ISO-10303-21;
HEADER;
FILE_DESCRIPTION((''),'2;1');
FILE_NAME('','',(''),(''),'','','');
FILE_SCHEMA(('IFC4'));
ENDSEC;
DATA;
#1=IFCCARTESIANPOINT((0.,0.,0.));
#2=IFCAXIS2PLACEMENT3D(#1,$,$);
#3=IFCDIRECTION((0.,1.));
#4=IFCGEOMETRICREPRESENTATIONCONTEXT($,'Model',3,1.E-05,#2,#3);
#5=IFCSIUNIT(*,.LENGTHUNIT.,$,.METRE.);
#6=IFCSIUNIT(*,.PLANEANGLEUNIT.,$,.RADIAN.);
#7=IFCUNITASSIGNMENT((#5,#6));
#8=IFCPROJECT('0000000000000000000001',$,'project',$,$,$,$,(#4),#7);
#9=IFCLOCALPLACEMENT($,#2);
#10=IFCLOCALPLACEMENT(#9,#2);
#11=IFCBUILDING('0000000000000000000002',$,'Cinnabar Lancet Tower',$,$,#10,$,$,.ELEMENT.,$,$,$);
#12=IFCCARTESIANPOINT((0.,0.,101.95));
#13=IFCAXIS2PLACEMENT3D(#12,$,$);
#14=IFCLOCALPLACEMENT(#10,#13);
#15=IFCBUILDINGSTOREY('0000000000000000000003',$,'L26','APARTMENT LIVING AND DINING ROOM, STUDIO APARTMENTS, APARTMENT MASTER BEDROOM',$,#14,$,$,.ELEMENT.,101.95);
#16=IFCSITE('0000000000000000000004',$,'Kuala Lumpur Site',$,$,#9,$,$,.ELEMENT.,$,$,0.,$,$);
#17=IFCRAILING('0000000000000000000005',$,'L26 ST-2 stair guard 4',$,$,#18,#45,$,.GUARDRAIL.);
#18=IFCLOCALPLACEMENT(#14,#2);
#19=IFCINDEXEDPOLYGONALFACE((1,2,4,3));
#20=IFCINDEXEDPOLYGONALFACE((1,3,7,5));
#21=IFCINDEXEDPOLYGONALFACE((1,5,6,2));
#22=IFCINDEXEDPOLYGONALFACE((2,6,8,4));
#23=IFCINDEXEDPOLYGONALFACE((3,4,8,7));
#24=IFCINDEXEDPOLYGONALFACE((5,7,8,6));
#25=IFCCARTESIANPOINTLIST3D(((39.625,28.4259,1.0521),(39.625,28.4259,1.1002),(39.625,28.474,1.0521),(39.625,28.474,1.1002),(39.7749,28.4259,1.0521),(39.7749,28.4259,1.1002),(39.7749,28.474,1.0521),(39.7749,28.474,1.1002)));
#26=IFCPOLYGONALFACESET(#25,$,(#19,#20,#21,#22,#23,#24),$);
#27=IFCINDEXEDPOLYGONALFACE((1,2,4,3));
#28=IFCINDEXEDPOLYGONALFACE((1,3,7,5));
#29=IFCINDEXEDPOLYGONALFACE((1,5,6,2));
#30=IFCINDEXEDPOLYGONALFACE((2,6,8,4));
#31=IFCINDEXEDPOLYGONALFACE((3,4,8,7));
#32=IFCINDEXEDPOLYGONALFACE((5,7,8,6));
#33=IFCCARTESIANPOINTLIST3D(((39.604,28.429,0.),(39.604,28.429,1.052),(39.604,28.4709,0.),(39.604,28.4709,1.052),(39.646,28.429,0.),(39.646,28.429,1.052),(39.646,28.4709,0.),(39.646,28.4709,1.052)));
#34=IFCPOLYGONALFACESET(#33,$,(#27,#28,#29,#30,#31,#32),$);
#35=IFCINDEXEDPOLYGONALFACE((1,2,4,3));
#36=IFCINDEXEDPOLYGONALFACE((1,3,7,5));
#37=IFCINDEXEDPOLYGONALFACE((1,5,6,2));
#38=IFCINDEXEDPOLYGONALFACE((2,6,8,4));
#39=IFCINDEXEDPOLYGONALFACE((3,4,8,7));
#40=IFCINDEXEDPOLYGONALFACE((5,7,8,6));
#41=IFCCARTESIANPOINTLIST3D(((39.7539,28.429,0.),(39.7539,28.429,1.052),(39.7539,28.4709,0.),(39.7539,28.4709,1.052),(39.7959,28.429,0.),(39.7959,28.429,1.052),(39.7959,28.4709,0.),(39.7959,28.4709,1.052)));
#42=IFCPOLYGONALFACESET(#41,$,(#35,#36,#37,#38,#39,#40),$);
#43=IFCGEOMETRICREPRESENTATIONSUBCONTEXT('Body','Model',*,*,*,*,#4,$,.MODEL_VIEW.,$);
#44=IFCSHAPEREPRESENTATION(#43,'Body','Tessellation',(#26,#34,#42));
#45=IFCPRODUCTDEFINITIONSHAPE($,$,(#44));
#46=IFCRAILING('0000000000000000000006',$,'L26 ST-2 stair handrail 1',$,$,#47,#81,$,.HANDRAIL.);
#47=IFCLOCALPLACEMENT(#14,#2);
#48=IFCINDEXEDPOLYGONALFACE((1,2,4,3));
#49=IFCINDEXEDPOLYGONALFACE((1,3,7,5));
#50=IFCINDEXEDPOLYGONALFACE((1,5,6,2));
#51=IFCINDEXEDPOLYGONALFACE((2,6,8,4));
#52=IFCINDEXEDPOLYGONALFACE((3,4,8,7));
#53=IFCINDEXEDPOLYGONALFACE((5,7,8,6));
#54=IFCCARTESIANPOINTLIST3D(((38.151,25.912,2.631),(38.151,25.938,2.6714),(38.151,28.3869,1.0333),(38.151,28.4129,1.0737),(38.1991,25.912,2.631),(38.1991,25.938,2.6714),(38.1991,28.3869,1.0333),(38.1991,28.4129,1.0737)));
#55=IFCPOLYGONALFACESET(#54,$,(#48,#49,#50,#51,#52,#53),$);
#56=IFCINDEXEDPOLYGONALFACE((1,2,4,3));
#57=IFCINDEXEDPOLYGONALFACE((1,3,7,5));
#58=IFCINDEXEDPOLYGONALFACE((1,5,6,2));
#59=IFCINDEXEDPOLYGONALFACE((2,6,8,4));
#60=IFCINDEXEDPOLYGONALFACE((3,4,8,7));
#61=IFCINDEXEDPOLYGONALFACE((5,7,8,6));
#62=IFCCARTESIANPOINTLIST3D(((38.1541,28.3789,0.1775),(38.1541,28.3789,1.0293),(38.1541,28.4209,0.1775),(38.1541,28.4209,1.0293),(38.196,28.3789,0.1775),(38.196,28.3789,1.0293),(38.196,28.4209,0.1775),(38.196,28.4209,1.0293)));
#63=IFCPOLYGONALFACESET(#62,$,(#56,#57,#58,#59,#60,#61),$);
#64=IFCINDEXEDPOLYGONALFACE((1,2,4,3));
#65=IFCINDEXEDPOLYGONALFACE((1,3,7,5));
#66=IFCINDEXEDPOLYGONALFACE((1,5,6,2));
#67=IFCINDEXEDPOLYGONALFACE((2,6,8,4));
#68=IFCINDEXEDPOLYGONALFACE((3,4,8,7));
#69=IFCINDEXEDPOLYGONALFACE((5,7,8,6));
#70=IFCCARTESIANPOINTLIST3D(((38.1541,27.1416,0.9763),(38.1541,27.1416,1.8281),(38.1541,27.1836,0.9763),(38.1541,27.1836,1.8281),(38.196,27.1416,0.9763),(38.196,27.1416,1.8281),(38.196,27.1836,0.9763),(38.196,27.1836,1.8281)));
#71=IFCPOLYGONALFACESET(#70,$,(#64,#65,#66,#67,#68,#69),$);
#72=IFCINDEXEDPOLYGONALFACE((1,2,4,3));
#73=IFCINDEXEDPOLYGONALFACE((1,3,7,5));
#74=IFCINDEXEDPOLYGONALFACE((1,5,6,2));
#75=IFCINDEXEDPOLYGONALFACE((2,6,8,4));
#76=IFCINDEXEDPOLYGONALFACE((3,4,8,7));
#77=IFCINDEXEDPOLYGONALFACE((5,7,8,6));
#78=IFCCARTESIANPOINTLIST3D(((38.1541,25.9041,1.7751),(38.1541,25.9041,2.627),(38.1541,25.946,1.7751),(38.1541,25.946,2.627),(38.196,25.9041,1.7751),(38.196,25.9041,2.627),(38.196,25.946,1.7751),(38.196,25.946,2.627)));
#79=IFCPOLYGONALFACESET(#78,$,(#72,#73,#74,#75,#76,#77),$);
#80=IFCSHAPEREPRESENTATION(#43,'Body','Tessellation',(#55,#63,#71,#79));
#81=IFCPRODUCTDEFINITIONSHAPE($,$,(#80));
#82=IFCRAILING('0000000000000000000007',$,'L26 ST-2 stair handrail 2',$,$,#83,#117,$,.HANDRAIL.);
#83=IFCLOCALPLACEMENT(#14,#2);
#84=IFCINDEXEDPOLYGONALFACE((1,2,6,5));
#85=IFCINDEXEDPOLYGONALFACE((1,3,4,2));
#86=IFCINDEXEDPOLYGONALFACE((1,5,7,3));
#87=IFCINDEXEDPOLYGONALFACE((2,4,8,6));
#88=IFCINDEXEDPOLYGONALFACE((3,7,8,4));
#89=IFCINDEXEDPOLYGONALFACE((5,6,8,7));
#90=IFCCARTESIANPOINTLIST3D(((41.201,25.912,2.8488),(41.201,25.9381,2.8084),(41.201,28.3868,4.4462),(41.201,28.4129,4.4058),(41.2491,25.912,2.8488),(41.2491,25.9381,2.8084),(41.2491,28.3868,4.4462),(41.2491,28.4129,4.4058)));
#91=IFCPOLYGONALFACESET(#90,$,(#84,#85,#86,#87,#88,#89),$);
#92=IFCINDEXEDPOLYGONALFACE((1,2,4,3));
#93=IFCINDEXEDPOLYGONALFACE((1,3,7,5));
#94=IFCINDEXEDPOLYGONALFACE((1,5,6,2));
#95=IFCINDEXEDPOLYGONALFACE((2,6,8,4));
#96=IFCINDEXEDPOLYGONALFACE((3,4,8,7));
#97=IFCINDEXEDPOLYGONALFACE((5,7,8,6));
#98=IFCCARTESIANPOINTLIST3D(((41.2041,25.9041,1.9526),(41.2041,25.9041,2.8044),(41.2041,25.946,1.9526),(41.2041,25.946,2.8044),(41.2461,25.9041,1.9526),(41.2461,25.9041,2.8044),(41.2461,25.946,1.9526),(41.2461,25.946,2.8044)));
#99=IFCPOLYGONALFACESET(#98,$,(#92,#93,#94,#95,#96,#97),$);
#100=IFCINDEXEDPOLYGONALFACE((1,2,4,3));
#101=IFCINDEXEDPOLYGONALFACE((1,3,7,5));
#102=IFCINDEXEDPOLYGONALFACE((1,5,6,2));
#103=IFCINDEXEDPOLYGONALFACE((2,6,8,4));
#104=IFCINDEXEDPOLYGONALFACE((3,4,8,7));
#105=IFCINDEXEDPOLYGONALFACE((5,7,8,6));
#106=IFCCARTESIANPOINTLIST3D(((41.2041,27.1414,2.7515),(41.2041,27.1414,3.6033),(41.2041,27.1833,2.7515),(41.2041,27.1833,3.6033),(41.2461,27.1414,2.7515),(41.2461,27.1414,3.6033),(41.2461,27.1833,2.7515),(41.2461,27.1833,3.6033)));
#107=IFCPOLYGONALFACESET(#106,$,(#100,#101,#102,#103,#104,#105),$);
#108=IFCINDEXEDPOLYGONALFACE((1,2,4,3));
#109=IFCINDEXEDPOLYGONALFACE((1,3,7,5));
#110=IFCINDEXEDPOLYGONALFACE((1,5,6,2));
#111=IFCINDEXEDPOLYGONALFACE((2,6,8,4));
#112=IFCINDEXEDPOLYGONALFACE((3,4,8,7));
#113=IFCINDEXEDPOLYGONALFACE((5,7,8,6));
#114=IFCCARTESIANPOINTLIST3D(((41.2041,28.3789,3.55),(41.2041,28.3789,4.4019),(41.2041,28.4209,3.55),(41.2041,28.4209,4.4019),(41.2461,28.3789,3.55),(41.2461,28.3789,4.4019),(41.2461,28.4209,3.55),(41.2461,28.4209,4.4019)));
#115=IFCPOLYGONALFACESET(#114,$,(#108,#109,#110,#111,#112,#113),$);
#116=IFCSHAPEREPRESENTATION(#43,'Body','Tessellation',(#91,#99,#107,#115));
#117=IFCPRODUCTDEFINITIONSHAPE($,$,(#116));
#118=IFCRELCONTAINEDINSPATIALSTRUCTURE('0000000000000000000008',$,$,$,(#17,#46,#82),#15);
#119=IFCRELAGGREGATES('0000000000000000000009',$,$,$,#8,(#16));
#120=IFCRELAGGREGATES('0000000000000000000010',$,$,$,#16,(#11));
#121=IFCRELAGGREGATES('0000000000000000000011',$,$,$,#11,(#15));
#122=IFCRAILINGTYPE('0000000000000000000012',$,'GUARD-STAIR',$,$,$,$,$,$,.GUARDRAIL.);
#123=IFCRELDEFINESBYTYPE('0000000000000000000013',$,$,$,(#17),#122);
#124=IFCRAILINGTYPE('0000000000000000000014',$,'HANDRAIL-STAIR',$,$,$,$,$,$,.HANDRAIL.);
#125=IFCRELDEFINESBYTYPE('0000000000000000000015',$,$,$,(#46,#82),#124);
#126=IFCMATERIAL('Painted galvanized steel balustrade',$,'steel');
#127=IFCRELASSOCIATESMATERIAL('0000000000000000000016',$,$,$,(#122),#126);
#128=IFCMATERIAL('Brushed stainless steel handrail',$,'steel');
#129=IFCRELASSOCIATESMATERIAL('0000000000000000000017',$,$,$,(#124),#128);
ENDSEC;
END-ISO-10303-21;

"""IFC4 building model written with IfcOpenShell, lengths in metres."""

from ifc_helpers import new_model, si_unit, direction, frame, origin, origin_2d, place, context, subcontext, project, spatial, rectangle, extrude, material, type_object, element, save


model = new_model("IFC4")

# Units and contexts
model_context = context("Model", 3, precision=1e-05, world=origin(), true_north=direction((0.0, 1.0)))
body_context = subcontext(model_context, "Body", "Model", "MODEL_VIEW")
ifc_project = project(units=[si_unit("LENGTHUNIT", "METRE"), si_unit("PLANEANGLEUNIT", "RADIAN")], contexts=[model_context])

# Site, building, storey
site_placement = place(None, origin())
site = spatial("IfcSite", under=ifc_project, at=site_placement, Name="Kuala Lumpur Site", CompositionType="ELEMENT", RefElevation=0.0)
building_placement = place(site_placement, origin())
building = spatial("IfcBuilding", under=site, at=building_placement, Name="Cinnabar Lancet Tower", CompositionType="ELEMENT")
storey_placement = place(building_placement, frame((0.0, 0.0, 101.95)))
storey = spatial("IfcBuildingStorey", under=building, at=storey_placement, Name="L26", Description="APARTMENT LIVING AND DINING ROOM, STUDIO APARTMENTS, APARTMENT MASTER BEDROOM", CompositionType="ELEMENT", Elevation=101.95)

# Railings
ifc_material_1 = material(Name="Painted galvanized steel balustrade", Category="steel")
railing_type_1 = type_object("IfcRailingType", Name="GUARD-STAIR", PredefinedType="GUARDRAIL", material=ifc_material_1)
railing_1_placement = place(storey_placement, frame((39.625, 28.45, 0.0)))
element("IfcRailing", 1, at=railing_1_placement, inside=storey, type_object=railing_type_1, Name="L26 ST-2 stair guard 4", PredefinedType="GUARDRAIL", context=body_context, shape_type="SweptSolid", body=[
    extrude(rectangle(XDim=0.0481, YDim=0.0481, at=origin_2d()), frame((0.0, 0.0, 1.0762), z_axis=(1.0, 0.0, 0.0), x_axis=(0.0, 1.0, 0.0)), (0.0, 0.0, 1.0), 0.1499),
    extrude(rectangle(XDim=0.042, YDim=0.042, at=origin_2d()), origin(), (0.0, 0.0, 1.0), 1.052),
    extrude(rectangle(XDim=0.042, YDim=0.042, at=origin_2d()), frame((0.1499, 0.0, 0.0)), (0.0, 0.0, 1.0), 1.052),
])
ifc_material_2 = material(Name="Brushed stainless steel handrail", Category="steel")
railing_type_2 = type_object("IfcRailingType", Name="HANDRAIL-STAIR", PredefinedType="HANDRAIL", material=ifc_material_2)
railing_2_placement = place(storey_placement, frame((38.175, 28.3999, 0.1775)))
element("IfcRailing", 2, at=railing_2_placement, inside=storey, type_object=railing_type_2, Name="L26 ST-2 stair handrail 1", PredefinedType="HANDRAIL", context=body_context, shape_type="SweptSolid", body=[
    extrude(rectangle(XDim=0.0481, YDim=0.0481, at=origin_2d()), frame((0.0, 0.0, 0.876), z_axis=(0.0, -0.840146, 0.542361), x_axis=(1.0, 0.0, 0.0)), (0.0, 0.0, 1.0), 2.9458),
    extrude(rectangle(XDim=0.042, YDim=0.042, at=origin_2d()), origin(), (0.0, 0.0, 1.0), 0.8518),
    extrude(rectangle(XDim=0.042, YDim=0.042, at=origin_2d()), frame((0.0, -1.2373, 0.7988)), (0.0, 0.0, 1.0), 0.8518),
    extrude(rectangle(XDim=0.042, YDim=0.042, at=origin_2d()), frame((0.0, -2.4749, 1.5977)), (0.0, 0.0, 1.0), 0.8518),
])
railing_3_placement = place(storey_placement, frame((41.2251, 25.925, 1.9526)))
element("IfcRailing", 3, at=railing_3_placement, inside=storey, type_object=railing_type_2, Name="L26 ST-2 stair handrail 2", PredefinedType="HANDRAIL", context=body_context, shape_type="SweptSolid", body=[
    extrude(rectangle(XDim=0.0481, YDim=0.0481, at=origin_2d()), frame((0.0, 0.0, 0.876), z_axis=(0.0, 0.840183, 0.542302), x_axis=(-1.0, 0.0, 0.0)), (0.0, 0.0, 1.0), 2.9456),
    extrude(rectangle(XDim=0.042, YDim=0.042, at=origin_2d()), origin(), (0.0, 0.0, 1.0), 0.8518),
    extrude(rectangle(XDim=0.042, YDim=0.042, at=origin_2d()), frame((0.0, 1.2373, 0.7988)), (0.0, 0.0, 1.0), 0.8518),
    extrude(rectangle(XDim=0.042, YDim=0.042, at=origin_2d()), frame((0.0, 2.4749, 1.5974)), (0.0, 0.0, 1.0), 0.8518),
])

save(model, "model.ifc")
